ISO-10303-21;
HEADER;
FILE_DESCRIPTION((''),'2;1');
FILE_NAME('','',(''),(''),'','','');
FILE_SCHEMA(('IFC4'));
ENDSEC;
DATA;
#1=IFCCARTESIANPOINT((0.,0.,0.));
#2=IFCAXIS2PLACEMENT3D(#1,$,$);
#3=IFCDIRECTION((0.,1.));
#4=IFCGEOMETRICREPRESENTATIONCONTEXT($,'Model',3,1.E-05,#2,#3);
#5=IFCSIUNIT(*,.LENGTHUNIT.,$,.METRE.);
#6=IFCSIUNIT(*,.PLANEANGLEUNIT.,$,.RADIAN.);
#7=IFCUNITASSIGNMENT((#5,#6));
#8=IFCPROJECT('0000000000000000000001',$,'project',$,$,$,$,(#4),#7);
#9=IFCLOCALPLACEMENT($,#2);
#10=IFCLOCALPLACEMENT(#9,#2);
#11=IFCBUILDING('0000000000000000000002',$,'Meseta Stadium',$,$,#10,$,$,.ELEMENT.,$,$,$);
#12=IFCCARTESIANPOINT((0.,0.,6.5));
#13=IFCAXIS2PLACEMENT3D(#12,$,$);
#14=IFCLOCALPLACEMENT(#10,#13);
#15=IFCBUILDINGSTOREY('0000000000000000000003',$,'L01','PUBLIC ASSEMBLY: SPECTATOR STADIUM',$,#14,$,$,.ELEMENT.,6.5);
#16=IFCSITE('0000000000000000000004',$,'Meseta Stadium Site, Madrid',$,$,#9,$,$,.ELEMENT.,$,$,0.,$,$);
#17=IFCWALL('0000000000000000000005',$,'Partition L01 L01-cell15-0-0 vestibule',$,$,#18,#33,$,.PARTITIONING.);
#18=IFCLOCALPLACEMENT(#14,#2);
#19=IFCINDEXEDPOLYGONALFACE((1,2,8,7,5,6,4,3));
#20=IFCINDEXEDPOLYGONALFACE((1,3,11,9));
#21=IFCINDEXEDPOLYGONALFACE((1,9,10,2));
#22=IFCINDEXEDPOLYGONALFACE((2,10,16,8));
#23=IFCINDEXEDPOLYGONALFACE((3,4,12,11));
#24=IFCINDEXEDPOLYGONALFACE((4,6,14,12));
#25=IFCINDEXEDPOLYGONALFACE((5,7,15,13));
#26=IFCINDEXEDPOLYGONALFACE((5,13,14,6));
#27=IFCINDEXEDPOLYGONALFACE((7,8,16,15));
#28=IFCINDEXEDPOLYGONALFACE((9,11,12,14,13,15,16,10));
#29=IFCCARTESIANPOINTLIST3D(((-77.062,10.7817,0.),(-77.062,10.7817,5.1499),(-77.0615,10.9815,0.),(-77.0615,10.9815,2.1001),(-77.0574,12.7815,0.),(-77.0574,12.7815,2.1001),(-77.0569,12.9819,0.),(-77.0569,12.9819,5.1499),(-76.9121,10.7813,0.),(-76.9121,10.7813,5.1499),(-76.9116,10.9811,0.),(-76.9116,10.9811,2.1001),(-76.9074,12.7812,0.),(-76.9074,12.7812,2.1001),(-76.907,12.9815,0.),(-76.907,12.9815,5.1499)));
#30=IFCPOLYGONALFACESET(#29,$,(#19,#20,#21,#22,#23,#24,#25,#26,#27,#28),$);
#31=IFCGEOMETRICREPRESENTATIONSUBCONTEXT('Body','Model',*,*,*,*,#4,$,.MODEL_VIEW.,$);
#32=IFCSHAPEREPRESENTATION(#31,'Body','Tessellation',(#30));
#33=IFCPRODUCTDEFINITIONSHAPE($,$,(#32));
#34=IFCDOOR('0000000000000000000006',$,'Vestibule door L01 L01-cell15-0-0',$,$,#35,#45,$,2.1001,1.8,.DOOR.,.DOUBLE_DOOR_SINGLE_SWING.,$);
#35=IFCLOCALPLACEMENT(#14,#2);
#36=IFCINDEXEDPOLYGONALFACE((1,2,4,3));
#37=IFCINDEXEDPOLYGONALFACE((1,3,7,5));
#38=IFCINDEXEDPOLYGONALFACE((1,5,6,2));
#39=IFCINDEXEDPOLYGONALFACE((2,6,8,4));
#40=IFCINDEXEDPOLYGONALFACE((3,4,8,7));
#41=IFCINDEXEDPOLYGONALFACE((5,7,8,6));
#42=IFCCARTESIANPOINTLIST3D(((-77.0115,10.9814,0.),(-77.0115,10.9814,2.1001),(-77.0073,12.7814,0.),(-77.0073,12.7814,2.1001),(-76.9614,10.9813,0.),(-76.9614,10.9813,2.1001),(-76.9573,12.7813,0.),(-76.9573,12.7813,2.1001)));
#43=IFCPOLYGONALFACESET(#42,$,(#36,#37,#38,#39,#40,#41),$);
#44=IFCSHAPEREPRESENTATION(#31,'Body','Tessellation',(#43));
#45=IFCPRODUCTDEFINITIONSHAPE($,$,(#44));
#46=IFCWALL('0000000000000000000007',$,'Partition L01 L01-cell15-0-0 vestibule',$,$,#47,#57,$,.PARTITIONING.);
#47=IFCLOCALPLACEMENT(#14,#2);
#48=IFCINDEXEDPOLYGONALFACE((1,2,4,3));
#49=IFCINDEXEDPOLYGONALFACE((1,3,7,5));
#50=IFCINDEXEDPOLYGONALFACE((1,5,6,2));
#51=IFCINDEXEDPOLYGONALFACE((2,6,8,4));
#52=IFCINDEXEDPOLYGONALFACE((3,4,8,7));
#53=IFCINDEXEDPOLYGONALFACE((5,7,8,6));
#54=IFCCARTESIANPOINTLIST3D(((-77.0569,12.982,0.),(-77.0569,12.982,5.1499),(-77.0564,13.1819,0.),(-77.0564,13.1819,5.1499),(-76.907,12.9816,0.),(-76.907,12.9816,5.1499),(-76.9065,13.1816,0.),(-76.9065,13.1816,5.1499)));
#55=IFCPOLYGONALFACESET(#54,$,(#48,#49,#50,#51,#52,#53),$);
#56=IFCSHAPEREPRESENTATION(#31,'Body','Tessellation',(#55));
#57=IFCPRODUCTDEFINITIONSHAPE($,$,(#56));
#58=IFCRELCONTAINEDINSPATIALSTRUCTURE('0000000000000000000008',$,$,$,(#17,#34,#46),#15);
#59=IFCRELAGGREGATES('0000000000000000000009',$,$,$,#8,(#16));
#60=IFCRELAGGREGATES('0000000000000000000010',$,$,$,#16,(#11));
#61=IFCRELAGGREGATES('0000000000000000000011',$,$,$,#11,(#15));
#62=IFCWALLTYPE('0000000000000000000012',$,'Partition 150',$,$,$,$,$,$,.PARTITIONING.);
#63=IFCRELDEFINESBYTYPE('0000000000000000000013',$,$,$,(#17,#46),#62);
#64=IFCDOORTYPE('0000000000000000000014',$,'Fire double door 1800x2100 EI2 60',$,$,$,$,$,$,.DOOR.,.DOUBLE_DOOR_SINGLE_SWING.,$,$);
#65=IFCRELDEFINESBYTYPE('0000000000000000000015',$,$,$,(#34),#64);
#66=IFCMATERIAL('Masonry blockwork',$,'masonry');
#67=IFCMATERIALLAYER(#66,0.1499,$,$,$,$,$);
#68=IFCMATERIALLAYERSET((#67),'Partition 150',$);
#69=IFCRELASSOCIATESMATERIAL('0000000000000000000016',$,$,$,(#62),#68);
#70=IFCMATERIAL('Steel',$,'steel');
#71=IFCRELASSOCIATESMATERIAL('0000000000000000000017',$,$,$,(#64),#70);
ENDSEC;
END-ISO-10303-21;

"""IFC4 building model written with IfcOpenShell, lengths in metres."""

from ifc_helpers import new_model, si_unit, direction, frame, frame_2d, origin, place, context, subcontext, project, spatial, rectangle, extrude, material, layer, layer_set, type_object, element, fill, save


model = new_model("IFC4")

# Units and contexts
model_context = context("Model", 3, precision=1e-05, world=origin(), true_north=direction((0.0, 1.0)))
body_context = subcontext(model_context, "Body", "Model", "MODEL_VIEW")
ifc_project = project(units=[si_unit("LENGTHUNIT", "METRE"), si_unit("PLANEANGLEUNIT", "RADIAN")], contexts=[model_context])

# Site, building, storey
site_placement = place(None, origin())
site = spatial("IfcSite", under=ifc_project, at=site_placement, Name="Meseta Stadium Site, Madrid", CompositionType="ELEMENT", RefElevation=0.0)
building_placement = place(site_placement, origin())
building = spatial("IfcBuilding", under=site, at=building_placement, Name="Meseta Stadium", CompositionType="ELEMENT")
storey_placement = place(building_placement, frame((0.0, 0.0, 6.5)))
storey = spatial("IfcBuildingStorey", under=building, at=storey_placement, Name="L01", Description="PUBLIC ASSEMBLY: SPECTATOR STADIUM", CompositionType="ELEMENT", Elevation=6.5)

# Shared definitions
ifc_material_1 = material(Name="Masonry blockwork", Category="masonry")
ifc_layer_1 = layer(ifc_material_1, 0.1499)
ifc_layer_set_1 = layer_set([ifc_layer_1], Name="Partition 150")
wall_type = type_object("IfcWallType", Name="Partition 150", PredefinedType="PARTITIONING", material=ifc_layer_set_1)
ifc_material_2 = material(Name="Steel", Category="steel")
door_type = type_object("IfcDoorType", Name="Fire double door 1800x2100 EI2 60", OperationType="DOUBLE_DOOR_SINGLE_SWING", PredefinedType="DOOR", material=ifc_material_2)

# Wall, opening, door
wall_1_placement = place(storey_placement, frame((-76.9871, 10.7815, 0.0), z_axis=(0.0, 0.0, 1.0), x_axis=(0.00233, 0.999997, 0.0)))
wall_1 = element("IfcWall", 1, at=wall_1_placement, inside=storey, type_object=wall_type, Name="Partition L01 L01-cell15-0-0 vestibule", PredefinedType="PARTITIONING", context=body_context, shape_type="SweptSolid", body=[
    extrude(rectangle(XDim=2.2002, YDim=0.1499, at=frame_2d((1.1001, 0.0))), origin(), (0.0, 0.0, 1.0), 5.1499),
])
opening_1_placement = place(wall_1_placement, frame((0.2, 0.0, 0.0)))
opening_1 = element("IfcOpeningElement", 2, at=opening_1_placement, cuts=wall_1, PredefinedType="OPENING", context=body_context, shape_type="SweptSolid", body=[
    extrude(rectangle(XDim=1.8, YDim=2.1001, at=frame_2d((0.8999, 1.05))), frame((0.0, 0.085, 0.0), z_axis=(0.0, -1.0, 0.0), x_axis=(1.0, 0.0, 0.0)), (0.0, 0.0, 1.0), 0.1699),
])
door_1_placement = place(opening_1_placement, origin())
door_1 = element("IfcDoor", 3, at=door_1_placement, inside=storey, type_object=door_type, Name="Vestibule door L01 L01-cell15-0-0", OperationType="DOUBLE_DOOR_SINGLE_SWING", OverallHeight=2.1001, OverallWidth=1.8, PredefinedType="DOOR", context=body_context, shape_type="SweptSolid", body=[
    extrude(rectangle(XDim=1.8, YDim=2.1001, at=frame_2d((0.8999, 1.05))), frame((0.0, 0.0249, 0.0), z_axis=(0.0, -1.0, 0.0), x_axis=(1.0, 0.0, 0.0)), (0.0, 0.0, 1.0), 0.05),
])
fill(opening_1, door_1)

# Wall
wall_2_placement = place(storey_placement, frame((-76.9819, 12.9817, 0.0), z_axis=(0.0, 0.0, 1.0), x_axis=(0.002442, 0.999997, 0.0)))
element("IfcWall", 4, at=wall_2_placement, inside=storey, type_object=wall_type, Name="Partition L01 L01-cell15-0-0 vestibule", PredefinedType="PARTITIONING", context=body_context, shape_type="SweptSolid", body=[
    extrude(rectangle(XDim=0.2, YDim=0.1499, at=frame_2d((0.1001, 0.0))), origin(), (0.0, 0.0, 1.0), 5.1499),
])

save(model, "model.ifc")
